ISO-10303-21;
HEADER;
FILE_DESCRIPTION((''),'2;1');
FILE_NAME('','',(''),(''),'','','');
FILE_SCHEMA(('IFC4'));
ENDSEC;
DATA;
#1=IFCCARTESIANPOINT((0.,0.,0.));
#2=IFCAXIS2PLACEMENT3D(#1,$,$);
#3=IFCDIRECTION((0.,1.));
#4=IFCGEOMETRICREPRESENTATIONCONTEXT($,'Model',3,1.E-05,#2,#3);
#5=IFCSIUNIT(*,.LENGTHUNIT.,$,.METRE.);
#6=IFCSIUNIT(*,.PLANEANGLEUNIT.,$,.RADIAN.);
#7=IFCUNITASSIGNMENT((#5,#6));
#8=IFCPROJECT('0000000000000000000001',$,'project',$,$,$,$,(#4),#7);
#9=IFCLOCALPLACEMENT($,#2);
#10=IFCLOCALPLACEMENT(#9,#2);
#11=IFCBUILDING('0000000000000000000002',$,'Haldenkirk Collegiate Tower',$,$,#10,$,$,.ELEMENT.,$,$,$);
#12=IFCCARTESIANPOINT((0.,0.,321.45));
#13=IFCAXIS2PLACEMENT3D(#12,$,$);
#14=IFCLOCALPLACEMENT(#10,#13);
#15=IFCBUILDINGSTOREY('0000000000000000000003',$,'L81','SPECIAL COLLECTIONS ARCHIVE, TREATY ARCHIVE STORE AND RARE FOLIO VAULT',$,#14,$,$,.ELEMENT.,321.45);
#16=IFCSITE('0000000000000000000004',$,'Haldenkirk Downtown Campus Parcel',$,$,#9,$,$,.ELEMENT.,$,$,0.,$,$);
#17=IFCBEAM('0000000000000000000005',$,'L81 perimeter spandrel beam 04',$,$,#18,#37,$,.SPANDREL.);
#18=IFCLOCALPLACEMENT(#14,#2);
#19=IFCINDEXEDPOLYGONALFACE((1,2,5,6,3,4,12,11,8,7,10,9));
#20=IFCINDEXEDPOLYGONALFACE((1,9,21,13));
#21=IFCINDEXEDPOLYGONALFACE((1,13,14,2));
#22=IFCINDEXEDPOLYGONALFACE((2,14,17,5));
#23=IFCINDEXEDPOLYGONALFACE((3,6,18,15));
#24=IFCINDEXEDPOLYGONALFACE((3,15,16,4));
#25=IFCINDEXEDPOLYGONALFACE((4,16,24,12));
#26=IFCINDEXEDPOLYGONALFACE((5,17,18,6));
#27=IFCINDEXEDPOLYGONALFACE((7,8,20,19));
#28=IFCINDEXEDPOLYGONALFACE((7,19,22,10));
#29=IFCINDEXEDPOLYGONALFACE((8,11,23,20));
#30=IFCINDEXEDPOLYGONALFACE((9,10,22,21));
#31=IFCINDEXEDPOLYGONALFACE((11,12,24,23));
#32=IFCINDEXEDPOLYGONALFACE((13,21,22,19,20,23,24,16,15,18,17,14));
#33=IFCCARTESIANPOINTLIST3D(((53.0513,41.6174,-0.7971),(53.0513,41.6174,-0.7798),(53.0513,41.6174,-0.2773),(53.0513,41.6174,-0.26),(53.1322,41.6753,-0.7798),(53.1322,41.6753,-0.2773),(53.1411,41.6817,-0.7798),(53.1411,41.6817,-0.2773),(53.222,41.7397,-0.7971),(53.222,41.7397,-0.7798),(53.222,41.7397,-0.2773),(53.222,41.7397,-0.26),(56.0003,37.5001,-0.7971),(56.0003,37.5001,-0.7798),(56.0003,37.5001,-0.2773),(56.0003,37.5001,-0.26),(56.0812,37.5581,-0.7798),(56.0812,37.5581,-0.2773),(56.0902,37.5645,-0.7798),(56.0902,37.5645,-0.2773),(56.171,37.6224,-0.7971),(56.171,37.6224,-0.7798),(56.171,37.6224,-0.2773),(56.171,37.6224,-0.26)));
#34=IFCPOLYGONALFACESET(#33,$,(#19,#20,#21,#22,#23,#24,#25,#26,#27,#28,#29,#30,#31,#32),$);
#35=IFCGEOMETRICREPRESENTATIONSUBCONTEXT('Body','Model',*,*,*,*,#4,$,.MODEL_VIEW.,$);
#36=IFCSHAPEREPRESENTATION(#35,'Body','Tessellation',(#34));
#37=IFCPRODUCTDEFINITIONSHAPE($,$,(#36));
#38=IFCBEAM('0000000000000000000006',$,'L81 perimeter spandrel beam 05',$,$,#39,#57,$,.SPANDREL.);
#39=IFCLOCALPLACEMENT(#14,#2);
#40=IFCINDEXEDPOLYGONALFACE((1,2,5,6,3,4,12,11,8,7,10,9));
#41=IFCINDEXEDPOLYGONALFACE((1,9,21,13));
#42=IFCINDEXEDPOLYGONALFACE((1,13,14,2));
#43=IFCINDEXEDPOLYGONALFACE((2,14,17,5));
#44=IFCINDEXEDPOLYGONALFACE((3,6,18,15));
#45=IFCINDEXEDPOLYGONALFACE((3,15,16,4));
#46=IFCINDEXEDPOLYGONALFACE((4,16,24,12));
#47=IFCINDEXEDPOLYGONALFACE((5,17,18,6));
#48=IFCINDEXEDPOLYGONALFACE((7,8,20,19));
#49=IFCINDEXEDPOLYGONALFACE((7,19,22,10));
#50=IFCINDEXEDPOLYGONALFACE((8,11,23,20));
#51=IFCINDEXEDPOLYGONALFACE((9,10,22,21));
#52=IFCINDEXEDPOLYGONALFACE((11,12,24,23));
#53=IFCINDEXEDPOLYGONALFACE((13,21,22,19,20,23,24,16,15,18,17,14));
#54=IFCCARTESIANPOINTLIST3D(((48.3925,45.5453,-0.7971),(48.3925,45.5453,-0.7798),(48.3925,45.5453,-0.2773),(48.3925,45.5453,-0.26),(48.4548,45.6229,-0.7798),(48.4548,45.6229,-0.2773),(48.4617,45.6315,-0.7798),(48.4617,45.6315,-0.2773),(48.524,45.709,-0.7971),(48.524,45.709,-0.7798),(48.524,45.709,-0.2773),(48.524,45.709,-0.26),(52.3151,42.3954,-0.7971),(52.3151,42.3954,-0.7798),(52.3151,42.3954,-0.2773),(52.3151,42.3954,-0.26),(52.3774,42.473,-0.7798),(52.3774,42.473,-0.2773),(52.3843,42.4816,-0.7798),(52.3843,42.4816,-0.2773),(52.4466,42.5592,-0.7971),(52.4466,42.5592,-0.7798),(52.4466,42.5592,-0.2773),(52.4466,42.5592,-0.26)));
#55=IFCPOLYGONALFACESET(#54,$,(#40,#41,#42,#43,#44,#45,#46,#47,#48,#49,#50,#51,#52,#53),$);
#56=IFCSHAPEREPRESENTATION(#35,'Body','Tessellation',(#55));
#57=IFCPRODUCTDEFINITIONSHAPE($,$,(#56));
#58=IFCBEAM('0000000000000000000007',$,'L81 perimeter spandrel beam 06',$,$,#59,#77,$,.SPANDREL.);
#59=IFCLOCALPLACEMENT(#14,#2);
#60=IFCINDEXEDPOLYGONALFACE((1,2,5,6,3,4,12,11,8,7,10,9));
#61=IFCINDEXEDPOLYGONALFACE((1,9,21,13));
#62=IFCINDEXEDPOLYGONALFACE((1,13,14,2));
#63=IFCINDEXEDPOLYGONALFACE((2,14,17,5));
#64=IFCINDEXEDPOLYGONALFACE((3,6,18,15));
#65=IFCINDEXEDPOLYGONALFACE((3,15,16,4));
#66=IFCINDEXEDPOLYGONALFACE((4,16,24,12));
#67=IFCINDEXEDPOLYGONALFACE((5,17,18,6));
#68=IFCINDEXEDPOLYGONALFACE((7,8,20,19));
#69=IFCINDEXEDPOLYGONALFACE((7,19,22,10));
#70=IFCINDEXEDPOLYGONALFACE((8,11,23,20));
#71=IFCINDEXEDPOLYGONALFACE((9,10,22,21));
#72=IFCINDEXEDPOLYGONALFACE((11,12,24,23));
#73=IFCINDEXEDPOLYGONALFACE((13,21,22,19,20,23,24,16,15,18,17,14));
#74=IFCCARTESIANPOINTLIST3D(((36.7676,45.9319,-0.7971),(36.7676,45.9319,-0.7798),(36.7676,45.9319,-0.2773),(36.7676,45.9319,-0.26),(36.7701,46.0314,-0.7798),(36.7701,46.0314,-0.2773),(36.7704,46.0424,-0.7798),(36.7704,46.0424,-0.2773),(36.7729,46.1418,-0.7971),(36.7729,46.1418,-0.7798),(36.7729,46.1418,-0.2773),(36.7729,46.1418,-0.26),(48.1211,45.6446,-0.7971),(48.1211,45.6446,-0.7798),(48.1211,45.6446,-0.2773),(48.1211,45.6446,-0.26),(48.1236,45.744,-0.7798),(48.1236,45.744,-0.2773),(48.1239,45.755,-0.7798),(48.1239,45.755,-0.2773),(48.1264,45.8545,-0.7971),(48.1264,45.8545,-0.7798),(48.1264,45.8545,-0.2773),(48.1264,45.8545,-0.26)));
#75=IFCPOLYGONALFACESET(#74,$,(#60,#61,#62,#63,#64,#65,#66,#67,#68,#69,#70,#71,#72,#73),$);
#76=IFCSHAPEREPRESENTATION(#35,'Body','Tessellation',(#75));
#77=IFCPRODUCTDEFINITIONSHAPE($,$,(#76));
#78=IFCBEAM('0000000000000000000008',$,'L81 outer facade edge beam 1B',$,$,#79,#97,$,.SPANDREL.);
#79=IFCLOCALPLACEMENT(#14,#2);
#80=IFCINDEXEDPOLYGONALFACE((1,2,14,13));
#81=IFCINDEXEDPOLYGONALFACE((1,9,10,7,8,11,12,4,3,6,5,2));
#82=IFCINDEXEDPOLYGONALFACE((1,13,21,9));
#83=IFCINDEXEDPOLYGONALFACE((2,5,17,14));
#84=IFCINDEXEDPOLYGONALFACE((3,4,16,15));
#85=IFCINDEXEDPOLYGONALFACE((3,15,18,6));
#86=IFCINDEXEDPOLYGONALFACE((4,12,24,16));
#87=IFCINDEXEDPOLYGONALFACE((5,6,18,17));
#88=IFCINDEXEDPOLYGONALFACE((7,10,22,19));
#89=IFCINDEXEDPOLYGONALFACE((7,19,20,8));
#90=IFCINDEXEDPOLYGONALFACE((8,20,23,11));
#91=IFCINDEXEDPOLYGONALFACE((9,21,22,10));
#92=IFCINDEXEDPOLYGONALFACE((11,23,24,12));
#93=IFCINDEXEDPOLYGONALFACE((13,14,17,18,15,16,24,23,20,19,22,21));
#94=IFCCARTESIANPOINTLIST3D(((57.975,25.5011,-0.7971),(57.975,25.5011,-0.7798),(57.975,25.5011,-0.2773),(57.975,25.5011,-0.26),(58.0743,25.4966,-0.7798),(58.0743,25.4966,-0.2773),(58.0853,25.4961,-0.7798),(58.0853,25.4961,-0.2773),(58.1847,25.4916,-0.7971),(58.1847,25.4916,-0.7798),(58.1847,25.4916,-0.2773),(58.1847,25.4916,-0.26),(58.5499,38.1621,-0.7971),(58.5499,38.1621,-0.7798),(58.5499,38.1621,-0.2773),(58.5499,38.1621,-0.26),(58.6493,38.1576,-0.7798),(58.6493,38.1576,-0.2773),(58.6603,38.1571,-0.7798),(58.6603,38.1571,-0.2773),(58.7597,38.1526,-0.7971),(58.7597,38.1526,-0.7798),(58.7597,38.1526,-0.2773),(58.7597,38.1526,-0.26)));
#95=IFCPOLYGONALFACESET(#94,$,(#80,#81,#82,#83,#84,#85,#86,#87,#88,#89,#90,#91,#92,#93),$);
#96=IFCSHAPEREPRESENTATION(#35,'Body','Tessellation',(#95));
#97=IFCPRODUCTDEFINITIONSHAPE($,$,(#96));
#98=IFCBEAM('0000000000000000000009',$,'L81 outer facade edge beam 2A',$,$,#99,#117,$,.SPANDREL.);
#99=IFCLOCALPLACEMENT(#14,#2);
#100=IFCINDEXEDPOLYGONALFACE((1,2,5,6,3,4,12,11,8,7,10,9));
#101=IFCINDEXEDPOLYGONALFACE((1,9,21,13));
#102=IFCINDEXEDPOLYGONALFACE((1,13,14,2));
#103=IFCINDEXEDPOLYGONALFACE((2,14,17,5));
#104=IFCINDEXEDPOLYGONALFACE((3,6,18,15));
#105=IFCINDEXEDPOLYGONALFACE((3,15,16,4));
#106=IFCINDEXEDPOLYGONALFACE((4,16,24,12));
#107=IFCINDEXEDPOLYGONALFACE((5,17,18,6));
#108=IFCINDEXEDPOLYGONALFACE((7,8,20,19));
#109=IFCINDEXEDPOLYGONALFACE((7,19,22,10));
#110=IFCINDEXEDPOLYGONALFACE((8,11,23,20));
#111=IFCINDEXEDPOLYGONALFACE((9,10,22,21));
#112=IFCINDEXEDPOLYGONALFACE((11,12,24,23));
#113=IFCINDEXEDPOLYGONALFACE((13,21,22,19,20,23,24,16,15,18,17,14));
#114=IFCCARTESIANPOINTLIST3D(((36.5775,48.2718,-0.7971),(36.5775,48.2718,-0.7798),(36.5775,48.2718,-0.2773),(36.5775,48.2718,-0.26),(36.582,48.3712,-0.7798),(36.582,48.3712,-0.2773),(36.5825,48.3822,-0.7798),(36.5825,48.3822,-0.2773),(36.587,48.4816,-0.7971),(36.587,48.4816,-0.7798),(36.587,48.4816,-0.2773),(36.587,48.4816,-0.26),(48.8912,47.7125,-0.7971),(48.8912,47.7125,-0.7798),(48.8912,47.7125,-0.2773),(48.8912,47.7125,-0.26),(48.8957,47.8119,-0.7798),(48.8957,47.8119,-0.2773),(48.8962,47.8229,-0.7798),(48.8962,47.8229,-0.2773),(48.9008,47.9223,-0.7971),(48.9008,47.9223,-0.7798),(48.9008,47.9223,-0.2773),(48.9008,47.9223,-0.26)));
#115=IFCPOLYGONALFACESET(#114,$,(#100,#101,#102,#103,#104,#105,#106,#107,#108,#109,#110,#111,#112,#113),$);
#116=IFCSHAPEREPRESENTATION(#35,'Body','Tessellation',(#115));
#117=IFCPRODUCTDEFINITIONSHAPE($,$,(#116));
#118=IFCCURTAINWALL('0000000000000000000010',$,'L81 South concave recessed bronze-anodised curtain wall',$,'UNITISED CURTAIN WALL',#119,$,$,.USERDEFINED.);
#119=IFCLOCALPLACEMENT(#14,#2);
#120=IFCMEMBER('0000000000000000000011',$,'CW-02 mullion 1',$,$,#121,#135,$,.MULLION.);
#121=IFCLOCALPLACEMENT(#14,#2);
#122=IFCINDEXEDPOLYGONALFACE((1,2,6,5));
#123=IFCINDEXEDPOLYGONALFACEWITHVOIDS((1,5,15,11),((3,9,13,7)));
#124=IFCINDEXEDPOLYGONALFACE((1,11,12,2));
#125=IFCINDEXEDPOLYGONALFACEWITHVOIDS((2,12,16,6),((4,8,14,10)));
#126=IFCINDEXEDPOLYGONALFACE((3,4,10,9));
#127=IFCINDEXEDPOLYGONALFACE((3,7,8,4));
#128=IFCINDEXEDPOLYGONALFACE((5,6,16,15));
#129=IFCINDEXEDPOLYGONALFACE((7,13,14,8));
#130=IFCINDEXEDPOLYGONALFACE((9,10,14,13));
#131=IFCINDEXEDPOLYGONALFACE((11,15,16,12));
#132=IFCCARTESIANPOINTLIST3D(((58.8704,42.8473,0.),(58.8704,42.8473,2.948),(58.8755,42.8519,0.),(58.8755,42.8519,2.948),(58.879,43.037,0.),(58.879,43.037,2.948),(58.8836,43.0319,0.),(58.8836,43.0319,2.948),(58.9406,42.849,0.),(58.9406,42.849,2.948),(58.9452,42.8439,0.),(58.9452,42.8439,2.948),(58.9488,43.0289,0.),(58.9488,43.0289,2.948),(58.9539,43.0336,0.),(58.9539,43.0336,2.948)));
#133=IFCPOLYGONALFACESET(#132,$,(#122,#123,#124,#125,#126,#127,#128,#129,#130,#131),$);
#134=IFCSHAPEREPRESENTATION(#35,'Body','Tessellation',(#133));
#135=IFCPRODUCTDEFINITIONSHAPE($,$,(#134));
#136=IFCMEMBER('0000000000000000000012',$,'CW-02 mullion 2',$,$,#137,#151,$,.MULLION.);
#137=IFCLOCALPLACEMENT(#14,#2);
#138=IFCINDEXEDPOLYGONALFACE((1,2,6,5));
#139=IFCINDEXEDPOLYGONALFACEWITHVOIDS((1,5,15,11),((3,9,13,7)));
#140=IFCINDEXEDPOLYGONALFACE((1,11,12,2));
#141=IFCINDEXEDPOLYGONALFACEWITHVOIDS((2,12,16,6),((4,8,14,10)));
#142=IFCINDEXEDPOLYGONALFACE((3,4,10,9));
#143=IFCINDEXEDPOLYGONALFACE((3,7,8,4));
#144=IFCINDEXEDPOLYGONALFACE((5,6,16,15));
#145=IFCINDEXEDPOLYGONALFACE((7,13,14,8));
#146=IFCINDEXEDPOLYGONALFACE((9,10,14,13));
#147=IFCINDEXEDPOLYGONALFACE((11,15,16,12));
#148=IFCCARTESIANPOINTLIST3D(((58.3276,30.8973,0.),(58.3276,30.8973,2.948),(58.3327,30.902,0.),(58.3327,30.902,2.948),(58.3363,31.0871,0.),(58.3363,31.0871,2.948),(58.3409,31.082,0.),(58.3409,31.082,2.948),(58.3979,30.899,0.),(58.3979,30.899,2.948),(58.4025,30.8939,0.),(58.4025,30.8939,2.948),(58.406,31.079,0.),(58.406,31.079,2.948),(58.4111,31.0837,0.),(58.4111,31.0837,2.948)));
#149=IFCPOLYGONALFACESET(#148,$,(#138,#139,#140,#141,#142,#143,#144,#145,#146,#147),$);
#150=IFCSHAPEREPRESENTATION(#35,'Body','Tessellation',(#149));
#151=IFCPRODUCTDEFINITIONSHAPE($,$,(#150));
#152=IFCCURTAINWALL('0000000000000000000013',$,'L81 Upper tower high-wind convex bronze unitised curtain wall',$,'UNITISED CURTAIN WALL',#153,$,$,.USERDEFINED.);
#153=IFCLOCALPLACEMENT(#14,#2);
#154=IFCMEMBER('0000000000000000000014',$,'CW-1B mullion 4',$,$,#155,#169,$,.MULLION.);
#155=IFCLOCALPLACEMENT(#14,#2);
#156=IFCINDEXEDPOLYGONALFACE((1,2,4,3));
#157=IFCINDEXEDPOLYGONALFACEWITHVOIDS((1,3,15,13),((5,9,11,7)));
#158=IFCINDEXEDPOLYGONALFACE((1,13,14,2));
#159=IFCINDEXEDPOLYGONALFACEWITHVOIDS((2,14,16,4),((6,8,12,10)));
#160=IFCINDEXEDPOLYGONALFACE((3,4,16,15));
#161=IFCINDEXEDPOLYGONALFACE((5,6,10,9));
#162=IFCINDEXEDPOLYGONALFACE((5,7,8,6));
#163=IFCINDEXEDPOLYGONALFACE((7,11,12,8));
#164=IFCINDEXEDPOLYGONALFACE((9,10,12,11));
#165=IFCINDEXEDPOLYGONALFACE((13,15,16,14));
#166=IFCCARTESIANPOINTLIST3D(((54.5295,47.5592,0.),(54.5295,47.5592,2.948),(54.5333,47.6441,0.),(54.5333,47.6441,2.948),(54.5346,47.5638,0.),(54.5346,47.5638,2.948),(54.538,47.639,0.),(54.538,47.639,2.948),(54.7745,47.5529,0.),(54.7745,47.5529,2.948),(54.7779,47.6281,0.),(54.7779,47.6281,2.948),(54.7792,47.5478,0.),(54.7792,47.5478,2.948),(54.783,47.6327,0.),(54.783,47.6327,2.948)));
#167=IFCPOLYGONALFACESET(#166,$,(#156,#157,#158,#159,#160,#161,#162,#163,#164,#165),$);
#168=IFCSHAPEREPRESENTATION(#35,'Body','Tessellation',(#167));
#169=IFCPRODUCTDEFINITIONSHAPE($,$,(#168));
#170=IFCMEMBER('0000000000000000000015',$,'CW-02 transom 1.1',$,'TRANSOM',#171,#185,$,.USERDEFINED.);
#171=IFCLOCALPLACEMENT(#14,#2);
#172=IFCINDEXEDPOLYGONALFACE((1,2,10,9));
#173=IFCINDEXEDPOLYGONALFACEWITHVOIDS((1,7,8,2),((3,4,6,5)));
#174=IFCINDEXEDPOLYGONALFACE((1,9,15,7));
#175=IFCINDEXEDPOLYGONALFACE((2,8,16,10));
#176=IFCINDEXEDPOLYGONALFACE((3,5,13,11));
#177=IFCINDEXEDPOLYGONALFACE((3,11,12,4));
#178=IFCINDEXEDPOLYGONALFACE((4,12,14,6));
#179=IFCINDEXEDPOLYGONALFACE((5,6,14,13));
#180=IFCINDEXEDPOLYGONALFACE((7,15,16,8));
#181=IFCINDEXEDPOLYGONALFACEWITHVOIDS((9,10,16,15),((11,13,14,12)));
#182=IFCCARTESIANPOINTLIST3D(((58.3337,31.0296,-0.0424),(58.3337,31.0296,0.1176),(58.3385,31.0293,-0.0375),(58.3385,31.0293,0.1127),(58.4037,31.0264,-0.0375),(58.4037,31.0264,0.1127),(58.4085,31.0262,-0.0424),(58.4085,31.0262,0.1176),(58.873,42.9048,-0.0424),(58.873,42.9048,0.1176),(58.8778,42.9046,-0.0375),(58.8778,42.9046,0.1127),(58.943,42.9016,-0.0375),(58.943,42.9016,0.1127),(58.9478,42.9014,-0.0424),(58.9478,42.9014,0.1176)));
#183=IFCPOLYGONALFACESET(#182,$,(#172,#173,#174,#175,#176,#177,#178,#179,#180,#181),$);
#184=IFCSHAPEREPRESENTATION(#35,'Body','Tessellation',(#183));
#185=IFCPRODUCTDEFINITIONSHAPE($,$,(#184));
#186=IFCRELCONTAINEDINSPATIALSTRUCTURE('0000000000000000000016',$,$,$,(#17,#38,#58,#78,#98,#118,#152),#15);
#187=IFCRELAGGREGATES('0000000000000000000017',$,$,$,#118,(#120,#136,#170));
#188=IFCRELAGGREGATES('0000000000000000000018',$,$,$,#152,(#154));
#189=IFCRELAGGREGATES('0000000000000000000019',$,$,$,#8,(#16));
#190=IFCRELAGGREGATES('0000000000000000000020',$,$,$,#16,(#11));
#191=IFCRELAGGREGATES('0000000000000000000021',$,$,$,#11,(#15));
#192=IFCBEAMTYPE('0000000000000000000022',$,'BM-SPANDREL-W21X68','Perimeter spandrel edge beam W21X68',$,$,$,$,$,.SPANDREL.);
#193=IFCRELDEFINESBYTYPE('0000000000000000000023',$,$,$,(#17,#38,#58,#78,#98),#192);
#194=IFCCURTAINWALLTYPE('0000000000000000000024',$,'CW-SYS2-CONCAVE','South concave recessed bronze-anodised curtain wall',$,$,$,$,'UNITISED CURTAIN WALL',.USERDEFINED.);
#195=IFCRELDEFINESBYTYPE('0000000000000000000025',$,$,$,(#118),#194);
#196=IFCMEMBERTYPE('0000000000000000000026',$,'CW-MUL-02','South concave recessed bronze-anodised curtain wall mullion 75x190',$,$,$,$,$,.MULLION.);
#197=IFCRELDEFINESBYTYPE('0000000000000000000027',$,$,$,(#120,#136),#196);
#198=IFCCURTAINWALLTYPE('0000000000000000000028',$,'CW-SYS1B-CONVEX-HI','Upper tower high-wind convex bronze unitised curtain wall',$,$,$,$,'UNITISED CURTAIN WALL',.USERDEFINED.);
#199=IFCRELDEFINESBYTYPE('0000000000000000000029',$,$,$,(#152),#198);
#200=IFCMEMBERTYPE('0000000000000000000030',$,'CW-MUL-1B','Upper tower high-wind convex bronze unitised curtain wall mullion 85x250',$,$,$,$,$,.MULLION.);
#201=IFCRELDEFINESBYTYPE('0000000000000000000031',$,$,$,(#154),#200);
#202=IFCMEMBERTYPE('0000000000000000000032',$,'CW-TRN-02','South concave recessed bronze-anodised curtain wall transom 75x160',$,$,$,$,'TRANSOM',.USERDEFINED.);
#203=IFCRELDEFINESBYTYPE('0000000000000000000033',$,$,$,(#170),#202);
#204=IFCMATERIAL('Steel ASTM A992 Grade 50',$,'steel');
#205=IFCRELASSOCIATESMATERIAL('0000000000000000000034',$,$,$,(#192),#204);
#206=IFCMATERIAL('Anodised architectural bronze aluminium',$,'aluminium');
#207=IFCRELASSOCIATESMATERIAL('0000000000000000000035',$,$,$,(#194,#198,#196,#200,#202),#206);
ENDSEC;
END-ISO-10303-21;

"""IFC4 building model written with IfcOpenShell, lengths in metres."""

from ifc_helpers import new_model, si_unit, direction, frame, origin, origin_2d, place, context, subcontext, project, spatial, hollow_rectangle, i_section, extrude, material, material_profile, profile_set, type_object, element, aggregate, save


model = new_model("IFC4")

# Units and contexts
model_context = context("Model", 3, precision=1e-05, world=origin(), true_north=direction((0.0, 1.0)))
body_context = subcontext(model_context, "Body", "Model", "MODEL_VIEW")
ifc_project = project(units=[si_unit("LENGTHUNIT", "METRE"), si_unit("PLANEANGLEUNIT", "RADIAN")], contexts=[model_context])

# Site, building, storey
site_placement = place(None, origin())
site = spatial("IfcSite", under=ifc_project, at=site_placement, Name="Haldenkirk Downtown Campus Parcel", CompositionType="ELEMENT", RefElevation=0.0)
building_placement = place(site_placement, origin())
building = spatial("IfcBuilding", under=site, at=building_placement, Name="Haldenkirk Collegiate Tower", CompositionType="ELEMENT")
storey_placement = place(building_placement, frame((0.0, 0.0, 321.45)))
storey = spatial("IfcBuildingStorey", under=building, at=storey_placement, Name="L81", Description="SPECIAL COLLECTIONS ARCHIVE, TREATY ARCHIVE STORE AND RARE FOLIO VAULT", CompositionType="ELEMENT", Elevation=321.45)

# Beams
ifc_material_1 = material(Name="Steel ASTM A992 Grade 50", Category="steel")
ifc_material_profile_1 = material_profile(ifc_material_1, i_section(OverallWidth=0.21, OverallDepth=0.5371, WebThickness=0.011, FlangeThickness=0.0173, at=origin_2d()), Name="W21X68")
ifc_profile_set_1 = profile_set([ifc_material_profile_1], Name="Steel ASTM A992 Grade 50")
beam_type_1 = type_object("IfcBeamType", Name="BM-SPANDREL-W21X68", Description="Perimeter spandrel edge beam W21X68", PredefinedType="SPANDREL", material=ifc_profile_set_1)
beam_1_placement = place(storey_placement, frame((56.0857, 37.5613, -0.5286), z_axis=(-0.5823, 0.812974, 0.0), x_axis=(-0.812974, -0.5823, 0.0)))
element("IfcBeam", 1, at=beam_1_placement, inside=storey, type_object=beam_type_1, Name="L81 perimeter spandrel beam 04", PredefinedType="SPANDREL", context=body_context, shape_type="SweptSolid", body=[
    extrude(i_section(OverallWidth=0.21, OverallDepth=0.5371, WebThickness=0.011, FlangeThickness=0.0173, at=origin_2d()), origin(), (0.0, 0.0, 1.0), 5.0645),
])
beam_2_placement = place(storey_placement, frame((52.3809, 42.4773, -0.5286), z_axis=(-0.779722, 0.626126, 0.0), x_axis=(-0.626126, -0.779722, 0.0)))
element("IfcBeam", 2, at=beam_2_placement, inside=storey, type_object=beam_type_1, Name="L81 perimeter spandrel beam 05", PredefinedType="SPANDREL", context=body_context, shape_type="SweptSolid", body=[
    extrude(i_section(OverallWidth=0.21, OverallDepth=0.5371, WebThickness=0.011, FlangeThickness=0.0173, at=origin_2d()), origin(), (0.0, 0.0, 1.0), 5.0308),
])
beam_3_placement = place(storey_placement, frame((48.1238, 45.7495, -0.5286), z_axis=(-0.99968, 0.025302, 0.0), x_axis=(-0.025302, -0.99968, 0.0)))
element("IfcBeam", 3, at=beam_3_placement, inside=storey, type_object=beam_type_1, Name="L81 perimeter spandrel beam 06", PredefinedType="SPANDREL", context=body_context, shape_type="SweptSolid", body=[
    extrude(i_section(OverallWidth=0.21, OverallDepth=0.5371, WebThickness=0.011, FlangeThickness=0.0173, at=origin_2d()), origin(), (0.0, 0.0, 1.0), 11.3572),
])
beam_4_placement = place(storey_placement, frame((58.0798, 25.4963, -0.5286), z_axis=(0.045364, 0.998971, 0.0), x_axis=(-0.998971, 0.045364, 0.0)))
element("IfcBeam", 4, at=beam_4_placement, inside=storey, type_object=beam_type_1, Name="L81 outer facade edge beam 1B", PredefinedType="SPANDREL", context=body_context, shape_type="SweptSolid", body=[
    extrude(i_section(OverallWidth=0.21, OverallDepth=0.5371, WebThickness=0.011, FlangeThickness=0.0173, at=origin_2d()), origin(), (0.0, 0.0, 1.0), 12.6741),
])
beam_5_placement = place(storey_placement, frame((48.896, 47.8174, -0.5286), z_axis=(-0.99897, 0.045376, 0.0), x_axis=(-0.045376, -0.99897, 0.0)))
element("IfcBeam", 5, at=beam_5_placement, inside=storey, type_object=beam_type_1, Name="L81 outer facade edge beam 2A", PredefinedType="SPANDREL", context=body_context, shape_type="SweptSolid", body=[
    extrude(i_section(OverallWidth=0.21, OverallDepth=0.5371, WebThickness=0.011, FlangeThickness=0.0173, at=origin_2d()), origin(), (0.0, 0.0, 1.0), 12.3264),
])

# Curtain wall, members
ifc_material_2 = material(Name="Anodised architectural bronze aluminium", Category="aluminium")
curtain_wall_type_1 = type_object("IfcCurtainWallType", Name="CW-SYS2-CONCAVE", Description="South concave recessed bronze-anodised curtain wall", ElementType="UNITISED CURTAIN WALL", PredefinedType="USERDEFINED", material=ifc_material_2)
curtain_wall_1_placement = place(storey_placement, origin())
curtain_wall_1 = element("IfcCurtainWall", 6, at=curtain_wall_1_placement, inside=storey, type_object=curtain_wall_type_1, Name="L81 South concave recessed bronze-anodised curtain wall", ObjectType="UNITISED CURTAIN WALL", PredefinedType="USERDEFINED")
ifc_material_profile_2 = material_profile(ifc_material_2, hollow_rectangle(XDim=0.075, YDim=0.1899, WallThickness=0.0049, at=origin_2d()), Name="CW-MUL-02")
ifc_profile_set_2 = profile_set([ifc_material_profile_2], Name="Anodised architectural bronze aluminium")
member_type_1 = type_object("IfcMemberType", Name="CW-MUL-02", Description="South concave recessed bronze-anodised curtain wall mullion 75x190", PredefinedType="MULLION", material=ifc_profile_set_2)
member_1_placement = place(storey_placement, frame((58.9121, 42.9404, 0.0), z_axis=(0.0, 0.0, 1.0), x_axis=(0.998971, -0.045364, 0.0)))
member_1 = element("IfcMember", 7, at=member_1_placement, type_object=member_type_1, Name="CW-02 mullion 1", PredefinedType="MULLION", context=body_context, shape_type="SweptSolid", body=[
    extrude(hollow_rectangle(XDim=0.075, YDim=0.1899, WallThickness=0.0049, at=origin_2d()), origin(), (0.0, 0.0, 1.0), 2.948),
])
member_2_placement = place(storey_placement, frame((58.3694, 30.9905, 0.0), z_axis=(0.0, 0.0, 1.0), x_axis=(0.998971, -0.045364, 0.0)))
member_2 = element("IfcMember", 8, at=member_2_placement, type_object=member_type_1, Name="CW-02 mullion 2", PredefinedType="MULLION", context=body_context, shape_type="SweptSolid", body=[
    extrude(hollow_rectangle(XDim=0.075, YDim=0.1899, WallThickness=0.0049, at=origin_2d()), origin(), (0.0, 0.0, 1.0), 2.948),
])

# Curtain wall, member
curtain_wall_type_2 = type_object("IfcCurtainWallType", Name="CW-SYS1B-CONVEX-HI", Description="Upper tower high-wind convex bronze unitised curtain wall", ElementType="UNITISED CURTAIN WALL", PredefinedType="USERDEFINED", material=ifc_material_2)
curtain_wall_2_placement = place(storey_placement, origin())
curtain_wall_2 = element("IfcCurtainWall", 9, at=curtain_wall_2_placement, inside=storey, type_object=curtain_wall_type_2, Name="L81 Upper tower high-wind convex bronze unitised curtain wall", ObjectType="UNITISED CURTAIN WALL", PredefinedType="USERDEFINED")
ifc_material_profile_3 = material_profile(ifc_material_2, hollow_rectangle(XDim=0.085, YDim=0.25, WallThickness=0.0049, at=origin_2d()), Name="CW-MUL-1B")
ifc_profile_set_3 = profile_set([ifc_material_profile_3], Name="Anodised architectural bronze aluminium")
member_type_2 = type_object("IfcMemberType", Name="CW-MUL-1B", Description="Upper tower high-wind convex bronze unitised curtain wall mullion 85x250", PredefinedType="MULLION", material=ifc_profile_set_3)
member_3_placement = place(storey_placement, frame((54.6562, 47.5959, 0.0), z_axis=(0.0, 0.0, 1.0), x_axis=(0.045364, 0.998971, 0.0)))
member_3 = element("IfcMember", 10, at=member_3_placement, type_object=member_type_2, Name="CW-1B mullion 4", PredefinedType="MULLION", context=body_context, shape_type="SweptSolid", body=[
    extrude(hollow_rectangle(XDim=0.085, YDim=0.25, WallThickness=0.0049, at=origin_2d()), origin(), (0.0, 0.0, 1.0), 2.948),
])

# Member
ifc_material_profile_4 = material_profile(ifc_material_2, hollow_rectangle(XDim=0.075, YDim=0.1599, WallThickness=0.0049, at=origin_2d()), Name="CW-TRN-02")
ifc_profile_set_4 = profile_set([ifc_material_profile_4], Name="Anodised architectural bronze aluminium")
member_type_3 = type_object("IfcMemberType", Name="CW-TRN-02", Description="South concave recessed bronze-anodised curtain wall transom 75x160", ElementType="TRANSOM", PredefinedType="USERDEFINED", material=ifc_profile_set_4)
member_4_placement = place(storey_placement, frame((58.9104, 42.9031, 0.0376), z_axis=(-0.045368, -0.99897, 0.0), x_axis=(0.99897, -0.045368, 0.0)))
member_4 = element("IfcMember", 11, at=member_4_placement, type_object=member_type_3, Name="CW-02 transom 1.1", ObjectType="TRANSOM", PredefinedType="USERDEFINED", context=body_context, shape_type="SweptSolid", body=[
    extrude(hollow_rectangle(XDim=0.075, YDim=0.1599, WallThickness=0.0049, at=origin_2d()), origin(), (0.0, 0.0, 1.0), 11.8875),
])

aggregate(curtain_wall_1, [member_1, member_2, member_4])
aggregate(curtain_wall_2, [member_3])

save(model, "model.ifc")
